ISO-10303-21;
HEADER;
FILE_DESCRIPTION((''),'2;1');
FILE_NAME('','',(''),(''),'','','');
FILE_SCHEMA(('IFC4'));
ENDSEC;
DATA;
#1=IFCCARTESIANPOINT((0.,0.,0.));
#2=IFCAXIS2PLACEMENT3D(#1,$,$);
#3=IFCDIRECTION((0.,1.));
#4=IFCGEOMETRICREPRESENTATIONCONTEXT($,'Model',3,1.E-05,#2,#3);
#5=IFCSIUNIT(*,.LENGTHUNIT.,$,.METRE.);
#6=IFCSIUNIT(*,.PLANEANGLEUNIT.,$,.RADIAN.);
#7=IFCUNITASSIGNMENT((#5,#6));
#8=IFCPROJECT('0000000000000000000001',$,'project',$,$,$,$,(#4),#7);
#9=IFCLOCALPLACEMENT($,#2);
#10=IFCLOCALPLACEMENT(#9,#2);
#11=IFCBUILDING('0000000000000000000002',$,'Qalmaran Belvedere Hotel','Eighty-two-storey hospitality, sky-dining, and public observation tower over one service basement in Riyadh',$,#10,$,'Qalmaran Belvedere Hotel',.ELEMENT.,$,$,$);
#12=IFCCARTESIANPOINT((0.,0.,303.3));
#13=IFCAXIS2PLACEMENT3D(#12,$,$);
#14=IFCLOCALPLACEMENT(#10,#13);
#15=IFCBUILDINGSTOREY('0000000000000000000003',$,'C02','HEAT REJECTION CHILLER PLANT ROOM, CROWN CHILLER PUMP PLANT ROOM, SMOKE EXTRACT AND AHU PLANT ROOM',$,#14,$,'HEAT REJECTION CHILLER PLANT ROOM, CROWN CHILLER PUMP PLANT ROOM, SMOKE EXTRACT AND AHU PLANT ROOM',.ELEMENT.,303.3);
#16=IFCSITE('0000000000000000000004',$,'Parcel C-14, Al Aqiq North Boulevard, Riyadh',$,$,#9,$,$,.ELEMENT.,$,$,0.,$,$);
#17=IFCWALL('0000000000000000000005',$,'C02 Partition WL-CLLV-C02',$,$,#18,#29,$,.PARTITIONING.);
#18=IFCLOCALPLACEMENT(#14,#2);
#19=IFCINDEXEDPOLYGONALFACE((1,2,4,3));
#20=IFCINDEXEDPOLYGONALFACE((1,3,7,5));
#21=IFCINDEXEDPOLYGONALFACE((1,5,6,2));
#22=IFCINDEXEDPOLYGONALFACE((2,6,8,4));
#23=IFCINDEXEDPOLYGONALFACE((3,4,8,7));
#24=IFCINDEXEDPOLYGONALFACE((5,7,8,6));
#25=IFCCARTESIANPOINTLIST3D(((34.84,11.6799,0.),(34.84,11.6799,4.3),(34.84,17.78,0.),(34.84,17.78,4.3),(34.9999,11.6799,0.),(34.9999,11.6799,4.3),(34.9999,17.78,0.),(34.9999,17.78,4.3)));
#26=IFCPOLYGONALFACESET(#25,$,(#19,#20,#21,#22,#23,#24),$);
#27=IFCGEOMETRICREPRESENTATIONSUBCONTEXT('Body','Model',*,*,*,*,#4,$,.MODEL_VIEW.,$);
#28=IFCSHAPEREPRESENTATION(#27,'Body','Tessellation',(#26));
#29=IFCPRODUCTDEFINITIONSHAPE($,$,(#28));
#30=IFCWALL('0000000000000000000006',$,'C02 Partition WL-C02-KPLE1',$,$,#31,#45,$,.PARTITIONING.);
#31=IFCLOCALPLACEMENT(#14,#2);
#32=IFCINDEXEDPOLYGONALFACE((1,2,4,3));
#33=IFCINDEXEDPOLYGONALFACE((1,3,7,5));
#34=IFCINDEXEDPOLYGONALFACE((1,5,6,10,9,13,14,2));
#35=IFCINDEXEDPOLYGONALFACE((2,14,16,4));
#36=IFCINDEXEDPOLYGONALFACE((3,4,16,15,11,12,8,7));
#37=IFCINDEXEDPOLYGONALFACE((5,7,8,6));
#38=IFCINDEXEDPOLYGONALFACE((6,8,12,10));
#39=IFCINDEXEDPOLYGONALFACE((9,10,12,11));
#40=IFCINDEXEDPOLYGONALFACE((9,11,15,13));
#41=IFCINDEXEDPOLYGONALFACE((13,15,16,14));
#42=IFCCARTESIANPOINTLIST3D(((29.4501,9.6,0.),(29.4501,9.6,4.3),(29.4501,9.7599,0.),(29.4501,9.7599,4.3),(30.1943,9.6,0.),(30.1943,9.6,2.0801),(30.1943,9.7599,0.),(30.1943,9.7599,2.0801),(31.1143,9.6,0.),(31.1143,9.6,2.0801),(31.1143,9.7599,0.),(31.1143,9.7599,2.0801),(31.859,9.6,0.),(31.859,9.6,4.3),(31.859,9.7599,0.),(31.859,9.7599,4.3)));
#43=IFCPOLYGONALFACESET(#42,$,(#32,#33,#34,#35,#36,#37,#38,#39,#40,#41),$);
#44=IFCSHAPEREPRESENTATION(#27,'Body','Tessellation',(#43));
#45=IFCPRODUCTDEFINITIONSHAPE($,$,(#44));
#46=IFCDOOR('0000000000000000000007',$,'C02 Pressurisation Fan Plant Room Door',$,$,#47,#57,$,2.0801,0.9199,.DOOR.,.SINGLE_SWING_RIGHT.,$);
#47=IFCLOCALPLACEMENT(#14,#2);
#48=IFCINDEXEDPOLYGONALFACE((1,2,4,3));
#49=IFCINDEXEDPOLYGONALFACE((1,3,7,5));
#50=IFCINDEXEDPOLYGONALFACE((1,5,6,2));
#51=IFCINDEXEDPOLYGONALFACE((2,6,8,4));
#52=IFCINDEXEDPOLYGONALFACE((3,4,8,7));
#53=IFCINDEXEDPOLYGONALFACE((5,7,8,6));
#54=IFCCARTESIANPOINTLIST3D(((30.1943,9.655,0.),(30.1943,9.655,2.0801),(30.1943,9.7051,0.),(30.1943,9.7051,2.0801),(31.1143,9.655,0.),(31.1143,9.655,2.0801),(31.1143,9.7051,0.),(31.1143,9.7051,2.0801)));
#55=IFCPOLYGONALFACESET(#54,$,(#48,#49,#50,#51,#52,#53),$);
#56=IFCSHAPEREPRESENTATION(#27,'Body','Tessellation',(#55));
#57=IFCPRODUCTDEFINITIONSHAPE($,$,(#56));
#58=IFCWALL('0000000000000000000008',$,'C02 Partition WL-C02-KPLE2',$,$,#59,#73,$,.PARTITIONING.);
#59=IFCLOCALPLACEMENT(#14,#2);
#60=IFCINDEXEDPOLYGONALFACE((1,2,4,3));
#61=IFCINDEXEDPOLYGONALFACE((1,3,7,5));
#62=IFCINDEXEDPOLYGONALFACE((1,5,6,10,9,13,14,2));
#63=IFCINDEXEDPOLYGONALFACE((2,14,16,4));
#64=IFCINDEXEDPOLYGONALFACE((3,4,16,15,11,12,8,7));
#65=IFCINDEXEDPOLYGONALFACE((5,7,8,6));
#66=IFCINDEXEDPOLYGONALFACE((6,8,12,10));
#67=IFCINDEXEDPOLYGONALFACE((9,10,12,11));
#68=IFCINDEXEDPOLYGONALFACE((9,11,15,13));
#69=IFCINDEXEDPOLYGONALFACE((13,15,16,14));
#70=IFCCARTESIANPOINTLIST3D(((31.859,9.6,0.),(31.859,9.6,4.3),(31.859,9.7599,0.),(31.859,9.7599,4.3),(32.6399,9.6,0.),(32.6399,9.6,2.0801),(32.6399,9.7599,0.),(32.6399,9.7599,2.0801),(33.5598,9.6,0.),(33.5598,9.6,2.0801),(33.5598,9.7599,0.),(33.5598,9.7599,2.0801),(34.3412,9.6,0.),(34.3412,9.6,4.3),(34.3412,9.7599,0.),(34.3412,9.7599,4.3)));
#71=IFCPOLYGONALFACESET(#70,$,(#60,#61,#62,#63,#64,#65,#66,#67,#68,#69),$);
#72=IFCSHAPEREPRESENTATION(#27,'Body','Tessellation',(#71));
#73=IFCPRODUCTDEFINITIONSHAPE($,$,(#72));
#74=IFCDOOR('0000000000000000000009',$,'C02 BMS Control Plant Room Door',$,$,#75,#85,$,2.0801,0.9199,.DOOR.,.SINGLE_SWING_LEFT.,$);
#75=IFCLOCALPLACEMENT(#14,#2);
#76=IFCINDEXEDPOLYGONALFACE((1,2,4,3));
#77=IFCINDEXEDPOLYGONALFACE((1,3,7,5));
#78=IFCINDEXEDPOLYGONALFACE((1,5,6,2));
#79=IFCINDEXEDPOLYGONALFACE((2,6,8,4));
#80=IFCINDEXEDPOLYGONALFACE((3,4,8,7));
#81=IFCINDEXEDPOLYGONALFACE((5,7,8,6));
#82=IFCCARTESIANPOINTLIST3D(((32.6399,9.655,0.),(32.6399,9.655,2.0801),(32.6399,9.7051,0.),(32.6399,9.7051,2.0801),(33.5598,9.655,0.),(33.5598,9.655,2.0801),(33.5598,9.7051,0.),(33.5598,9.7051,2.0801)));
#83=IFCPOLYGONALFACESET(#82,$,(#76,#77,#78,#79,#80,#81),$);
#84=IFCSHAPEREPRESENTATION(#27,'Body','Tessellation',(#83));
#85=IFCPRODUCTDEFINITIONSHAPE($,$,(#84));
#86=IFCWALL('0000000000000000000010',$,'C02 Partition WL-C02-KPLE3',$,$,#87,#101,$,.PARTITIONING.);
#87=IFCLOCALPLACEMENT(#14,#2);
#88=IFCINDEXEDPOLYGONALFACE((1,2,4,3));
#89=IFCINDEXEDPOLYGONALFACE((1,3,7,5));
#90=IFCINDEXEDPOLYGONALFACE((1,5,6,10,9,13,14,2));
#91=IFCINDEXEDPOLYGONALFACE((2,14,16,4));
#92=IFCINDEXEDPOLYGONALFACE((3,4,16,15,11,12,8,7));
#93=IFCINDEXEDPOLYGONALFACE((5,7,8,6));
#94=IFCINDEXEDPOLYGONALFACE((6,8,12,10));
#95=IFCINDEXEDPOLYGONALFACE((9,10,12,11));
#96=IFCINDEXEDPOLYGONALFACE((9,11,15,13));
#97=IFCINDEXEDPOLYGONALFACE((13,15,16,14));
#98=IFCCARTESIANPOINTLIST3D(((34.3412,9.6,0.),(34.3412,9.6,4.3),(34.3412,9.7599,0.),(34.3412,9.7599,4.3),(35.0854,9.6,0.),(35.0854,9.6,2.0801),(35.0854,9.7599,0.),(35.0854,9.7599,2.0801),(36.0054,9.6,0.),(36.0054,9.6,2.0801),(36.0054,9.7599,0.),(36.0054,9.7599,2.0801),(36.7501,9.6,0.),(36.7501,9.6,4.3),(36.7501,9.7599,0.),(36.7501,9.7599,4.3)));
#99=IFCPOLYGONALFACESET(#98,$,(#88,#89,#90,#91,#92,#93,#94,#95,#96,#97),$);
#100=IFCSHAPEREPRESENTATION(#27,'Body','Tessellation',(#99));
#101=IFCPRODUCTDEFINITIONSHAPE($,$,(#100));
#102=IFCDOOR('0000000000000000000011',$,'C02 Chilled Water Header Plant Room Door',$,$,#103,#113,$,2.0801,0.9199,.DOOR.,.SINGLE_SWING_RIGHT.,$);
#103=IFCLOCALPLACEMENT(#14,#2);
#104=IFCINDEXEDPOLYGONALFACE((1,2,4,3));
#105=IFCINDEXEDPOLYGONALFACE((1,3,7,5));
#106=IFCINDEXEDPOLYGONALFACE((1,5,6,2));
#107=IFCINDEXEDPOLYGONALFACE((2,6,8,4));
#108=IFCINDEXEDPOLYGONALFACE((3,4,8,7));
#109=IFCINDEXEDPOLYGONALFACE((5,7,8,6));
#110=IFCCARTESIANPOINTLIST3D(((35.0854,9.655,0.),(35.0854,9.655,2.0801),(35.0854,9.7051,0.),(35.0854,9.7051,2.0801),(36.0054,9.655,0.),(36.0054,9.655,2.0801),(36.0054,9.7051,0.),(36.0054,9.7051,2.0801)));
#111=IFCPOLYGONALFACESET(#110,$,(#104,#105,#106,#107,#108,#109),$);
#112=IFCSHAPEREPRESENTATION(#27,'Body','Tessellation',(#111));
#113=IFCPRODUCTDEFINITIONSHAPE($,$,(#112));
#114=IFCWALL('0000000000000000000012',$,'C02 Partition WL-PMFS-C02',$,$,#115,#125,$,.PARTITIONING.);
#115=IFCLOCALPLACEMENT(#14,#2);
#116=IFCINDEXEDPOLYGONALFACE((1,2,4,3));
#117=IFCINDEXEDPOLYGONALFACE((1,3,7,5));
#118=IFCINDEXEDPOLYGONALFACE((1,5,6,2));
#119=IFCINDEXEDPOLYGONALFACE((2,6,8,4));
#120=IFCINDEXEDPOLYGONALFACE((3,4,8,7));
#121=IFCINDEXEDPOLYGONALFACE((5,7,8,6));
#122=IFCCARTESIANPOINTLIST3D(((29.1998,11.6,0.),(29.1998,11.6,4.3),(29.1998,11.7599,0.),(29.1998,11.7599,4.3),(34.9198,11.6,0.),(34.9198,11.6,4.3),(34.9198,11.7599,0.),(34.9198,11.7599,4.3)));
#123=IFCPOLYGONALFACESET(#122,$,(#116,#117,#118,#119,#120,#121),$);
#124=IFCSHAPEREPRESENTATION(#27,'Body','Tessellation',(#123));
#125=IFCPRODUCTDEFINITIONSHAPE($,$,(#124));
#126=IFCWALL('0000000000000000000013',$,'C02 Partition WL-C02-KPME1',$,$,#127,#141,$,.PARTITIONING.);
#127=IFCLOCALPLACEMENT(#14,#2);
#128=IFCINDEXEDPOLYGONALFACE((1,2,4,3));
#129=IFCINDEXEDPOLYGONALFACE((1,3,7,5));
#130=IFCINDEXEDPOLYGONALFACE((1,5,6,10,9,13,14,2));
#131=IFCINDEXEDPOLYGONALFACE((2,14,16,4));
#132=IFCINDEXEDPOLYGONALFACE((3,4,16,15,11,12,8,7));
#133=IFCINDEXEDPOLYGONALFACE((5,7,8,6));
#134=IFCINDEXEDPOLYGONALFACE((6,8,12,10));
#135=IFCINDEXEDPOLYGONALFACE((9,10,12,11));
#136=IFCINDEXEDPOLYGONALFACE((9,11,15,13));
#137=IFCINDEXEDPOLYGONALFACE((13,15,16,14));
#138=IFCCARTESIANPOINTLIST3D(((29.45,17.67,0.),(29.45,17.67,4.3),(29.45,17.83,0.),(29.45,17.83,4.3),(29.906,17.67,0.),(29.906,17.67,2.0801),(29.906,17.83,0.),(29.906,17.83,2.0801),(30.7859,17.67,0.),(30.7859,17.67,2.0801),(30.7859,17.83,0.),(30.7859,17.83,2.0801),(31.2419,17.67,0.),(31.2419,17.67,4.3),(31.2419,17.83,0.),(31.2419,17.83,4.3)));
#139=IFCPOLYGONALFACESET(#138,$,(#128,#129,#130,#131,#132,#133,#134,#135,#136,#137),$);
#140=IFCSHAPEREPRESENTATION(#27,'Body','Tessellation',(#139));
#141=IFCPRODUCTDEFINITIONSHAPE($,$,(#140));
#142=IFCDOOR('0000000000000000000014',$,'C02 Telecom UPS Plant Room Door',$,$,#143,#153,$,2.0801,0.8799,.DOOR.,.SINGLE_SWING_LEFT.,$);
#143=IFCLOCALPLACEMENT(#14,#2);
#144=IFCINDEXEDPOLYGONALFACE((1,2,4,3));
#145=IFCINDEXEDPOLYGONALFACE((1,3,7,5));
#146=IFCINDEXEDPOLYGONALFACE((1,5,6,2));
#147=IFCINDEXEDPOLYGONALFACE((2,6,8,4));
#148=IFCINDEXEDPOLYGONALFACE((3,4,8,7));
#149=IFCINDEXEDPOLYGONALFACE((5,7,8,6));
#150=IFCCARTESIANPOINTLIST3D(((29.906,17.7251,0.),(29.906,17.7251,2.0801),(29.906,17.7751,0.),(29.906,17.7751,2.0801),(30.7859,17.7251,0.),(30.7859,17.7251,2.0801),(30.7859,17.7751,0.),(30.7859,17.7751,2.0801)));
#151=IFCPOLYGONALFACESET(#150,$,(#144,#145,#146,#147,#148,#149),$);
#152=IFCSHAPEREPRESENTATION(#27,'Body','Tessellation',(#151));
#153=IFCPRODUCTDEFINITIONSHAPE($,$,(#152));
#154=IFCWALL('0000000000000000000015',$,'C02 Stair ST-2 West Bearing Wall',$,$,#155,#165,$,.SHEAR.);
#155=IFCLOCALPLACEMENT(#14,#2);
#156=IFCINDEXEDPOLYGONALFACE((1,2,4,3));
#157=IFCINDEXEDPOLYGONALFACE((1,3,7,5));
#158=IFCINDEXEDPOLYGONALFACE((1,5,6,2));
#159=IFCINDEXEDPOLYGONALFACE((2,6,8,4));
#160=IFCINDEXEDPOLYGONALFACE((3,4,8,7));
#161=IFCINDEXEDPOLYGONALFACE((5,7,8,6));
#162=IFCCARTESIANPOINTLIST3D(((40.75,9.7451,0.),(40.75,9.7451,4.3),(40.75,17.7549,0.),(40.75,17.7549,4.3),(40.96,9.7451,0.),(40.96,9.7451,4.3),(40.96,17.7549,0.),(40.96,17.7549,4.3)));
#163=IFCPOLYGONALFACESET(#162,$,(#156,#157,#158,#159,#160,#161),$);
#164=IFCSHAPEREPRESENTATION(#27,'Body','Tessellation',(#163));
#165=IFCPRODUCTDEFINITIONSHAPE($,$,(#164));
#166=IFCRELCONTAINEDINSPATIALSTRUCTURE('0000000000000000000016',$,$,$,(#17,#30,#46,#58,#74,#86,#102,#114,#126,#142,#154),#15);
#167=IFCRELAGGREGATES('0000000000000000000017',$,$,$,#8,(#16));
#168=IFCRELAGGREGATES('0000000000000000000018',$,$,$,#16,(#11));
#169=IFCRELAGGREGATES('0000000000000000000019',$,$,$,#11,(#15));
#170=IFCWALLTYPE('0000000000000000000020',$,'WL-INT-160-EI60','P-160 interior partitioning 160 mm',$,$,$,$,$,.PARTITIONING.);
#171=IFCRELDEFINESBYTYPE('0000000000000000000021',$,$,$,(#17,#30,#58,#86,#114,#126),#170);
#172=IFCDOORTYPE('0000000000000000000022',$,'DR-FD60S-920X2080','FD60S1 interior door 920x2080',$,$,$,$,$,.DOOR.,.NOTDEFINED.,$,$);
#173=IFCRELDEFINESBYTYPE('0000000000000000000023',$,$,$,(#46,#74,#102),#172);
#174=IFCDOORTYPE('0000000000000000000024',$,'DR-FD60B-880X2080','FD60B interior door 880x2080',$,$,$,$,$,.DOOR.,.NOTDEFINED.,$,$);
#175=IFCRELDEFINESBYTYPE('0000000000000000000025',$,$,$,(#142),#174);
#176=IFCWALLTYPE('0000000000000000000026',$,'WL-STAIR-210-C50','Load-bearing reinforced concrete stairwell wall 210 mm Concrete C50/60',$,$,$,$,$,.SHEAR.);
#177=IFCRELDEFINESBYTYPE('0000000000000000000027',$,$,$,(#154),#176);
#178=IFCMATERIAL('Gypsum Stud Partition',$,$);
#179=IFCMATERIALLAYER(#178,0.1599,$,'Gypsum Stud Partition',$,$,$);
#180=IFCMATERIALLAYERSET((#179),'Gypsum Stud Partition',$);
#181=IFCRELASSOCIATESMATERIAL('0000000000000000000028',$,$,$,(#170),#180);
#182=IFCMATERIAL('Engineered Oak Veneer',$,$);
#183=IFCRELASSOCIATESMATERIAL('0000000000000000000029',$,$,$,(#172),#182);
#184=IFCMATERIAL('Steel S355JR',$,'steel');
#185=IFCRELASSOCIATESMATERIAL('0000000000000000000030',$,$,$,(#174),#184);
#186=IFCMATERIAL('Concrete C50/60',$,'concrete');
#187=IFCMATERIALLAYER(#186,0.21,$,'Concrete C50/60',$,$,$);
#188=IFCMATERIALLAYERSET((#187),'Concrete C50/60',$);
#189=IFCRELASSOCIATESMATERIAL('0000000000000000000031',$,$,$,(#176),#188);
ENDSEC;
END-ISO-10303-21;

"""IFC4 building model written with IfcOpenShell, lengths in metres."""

from ifc_helpers import new_model, si_unit, direction, frame, frame_2d, origin, place, context, subcontext, project, spatial, rectangle, extrude, material, layer, layer_set, type_object, element, fill, save


model = new_model("IFC4")

# Units and contexts
model_context = context("Model", 3, precision=1e-05, world=origin(), true_north=direction((0.0, 1.0)))
body_context = subcontext(model_context, "Body", "Model", "MODEL_VIEW")
ifc_project = project(units=[si_unit("LENGTHUNIT", "METRE"), si_unit("PLANEANGLEUNIT", "RADIAN")], contexts=[model_context])

# Site, building, storey
site_placement = place(None, origin())
site = spatial("IfcSite", under=ifc_project, at=site_placement, Name="Parcel C-14, Al Aqiq North Boulevard, Riyadh", CompositionType="ELEMENT", RefElevation=0.0)
building_placement = place(site_placement, origin())
building = spatial("IfcBuilding", under=site, at=building_placement, Name="Qalmaran Belvedere Hotel", Description="Eighty-two-storey hospitality, sky-dining, and public observation tower over one service basement in Riyadh", LongName="Qalmaran Belvedere Hotel", CompositionType="ELEMENT")
storey_placement = place(building_placement, frame((0.0, 0.0, 303.3)))
storey = spatial("IfcBuildingStorey", under=building, at=storey_placement, Name="C02", Description="HEAT REJECTION CHILLER PLANT ROOM, CROWN CHILLER PUMP PLANT ROOM, SMOKE EXTRACT AND AHU PLANT ROOM", LongName="HEAT REJECTION CHILLER PLANT ROOM, CROWN CHILLER PUMP PLANT ROOM, SMOKE EXTRACT AND AHU PLANT ROOM", CompositionType="ELEMENT", Elevation=303.3)

# Shared definitions
ifc_material_1 = material(Name="Concrete C50/60", Category="concrete")
ifc_material_2 = material(Name="Steel S355JR", Category="steel")

# Shared definitions
ifc_material_3 = material(Name="Gypsum Stud Partition")

# Shared definitions
ifc_layer_1 = layer(ifc_material_3, 0.1599, Name="Gypsum Stud Partition")
ifc_layer_set_1 = layer_set([ifc_layer_1], Name="Gypsum Stud Partition")
wall_type_1 = type_object("IfcWallType", Name="WL-INT-160-EI60", Description="P-160 interior partitioning 160 mm", PredefinedType="PARTITIONING", material=ifc_layer_set_1)
ifc_material_4 = material(Name="Engineered Oak Veneer")
door_type_1 = type_object("IfcDoorType", Name="DR-FD60S-920X2080", Description="FD60S1 interior door 920x2080", OperationType="NOTDEFINED", PredefinedType="DOOR", material=ifc_material_4)

# Wall
wall_1_placement = place(storey_placement, frame((34.9199, 11.6799, 0.0), z_axis=(0.0, 0.0, 1.0), x_axis=(0.0, 1.0, 0.0)))
element("IfcWall", 1, at=wall_1_placement, inside=storey, type_object=wall_type_1, Name="C02 Partition WL-CLLV-C02", PredefinedType="PARTITIONING", context=body_context, shape_type="SweptSolid", body=[
    extrude(rectangle(XDim=6.1001, YDim=0.1599, at=frame_2d((3.05, 0.0))), origin(), (0.0, 0.0, 1.0), 4.3),
])

# Walls, openings, doors
wall_2_placement = place(storey_placement, frame((29.45, 9.6799, 0.0), z_axis=(0.0, 0.0, 1.0), x_axis=(1.0, 0.0, 0.0)))
wall_2 = element("IfcWall", 2, at=wall_2_placement, inside=storey, type_object=wall_type_1, Name="C02 Partition WL-C02-KPLE1", PredefinedType="PARTITIONING", context=body_context, shape_type="SweptSolid", body=[
    extrude(rectangle(XDim=2.4089, YDim=0.1599, at=frame_2d((1.2046, 0.0))), origin(), (0.0, 0.0, 1.0), 4.3),
])
opening_1_placement = place(wall_2_placement, frame((1.6643, 0.0, 0.0), z_axis=(0.0, 0.0, 1.0), x_axis=(-1.0, 0.0, 0.0)))
opening_1 = element("IfcOpeningElement", 3, at=opening_1_placement, cuts=wall_2, PredefinedType="OPENING", context=body_context, shape_type="SweptSolid", body=[
    extrude(rectangle(XDim=0.9199, YDim=2.0801, at=frame_2d((0.46, 1.04))), frame((0.0, 0.0898, 0.0), z_axis=(0.0, -1.0, 0.0), x_axis=(1.0, 0.0, 0.0)), (0.0, 0.0, 1.0), 0.1799),
])
door_1_placement = place(opening_1_placement, origin())
door_1 = element("IfcDoor", 4, at=door_1_placement, inside=storey, type_object=door_type_1, Name="C02 Pressurisation Fan Plant Room Door", OperationType="SINGLE_SWING_RIGHT", OverallHeight=2.0801, OverallWidth=0.9199, PredefinedType="DOOR", context=body_context, shape_type="SweptSolid", body=[
    extrude(rectangle(XDim=0.9199, YDim=2.0801, at=frame_2d((0.46, 1.04))), frame((0.0, 0.0249, 0.0), z_axis=(0.0, -1.0, 0.0), x_axis=(1.0, 0.0, 0.0)), (0.0, 0.0, 1.0), 0.05),
])
fill(opening_1, door_1)
wall_3_placement = place(storey_placement, frame((31.8589, 9.6799, 0.0), z_axis=(0.0, 0.0, 1.0), x_axis=(1.0, 0.0, 0.0)))
wall_3 = element("IfcWall", 5, at=wall_3_placement, inside=storey, type_object=wall_type_1, Name="C02 Partition WL-C02-KPLE2", PredefinedType="PARTITIONING", context=body_context, shape_type="SweptSolid", body=[
    extrude(rectangle(XDim=2.4822, YDim=0.1599, at=frame_2d((1.2412, 0.0))), origin(), (0.0, 0.0, 1.0), 4.3),
])
opening_2_placement = place(wall_3_placement, frame((1.7009, 0.0, 0.0), z_axis=(0.0, 0.0, 1.0), x_axis=(-1.0, 0.0, 0.0)))
opening_2 = element("IfcOpeningElement", 6, at=opening_2_placement, cuts=wall_3, PredefinedType="OPENING", context=body_context, shape_type="SweptSolid", body=[
    extrude(rectangle(XDim=0.9199, YDim=2.0801, at=frame_2d((0.46, 1.04))), frame((0.0, 0.0898, 0.0), z_axis=(0.0, -1.0, 0.0), x_axis=(1.0, 0.0, 0.0)), (0.0, 0.0, 1.0), 0.1799),
])
door_2_placement = place(opening_2_placement, origin())
door_2 = element("IfcDoor", 7, at=door_2_placement, inside=storey, type_object=door_type_1, Name="C02 BMS Control Plant Room Door", OperationType="SINGLE_SWING_LEFT", OverallHeight=2.0801, OverallWidth=0.9199, PredefinedType="DOOR", context=body_context, shape_type="SweptSolid", body=[
    extrude(rectangle(XDim=0.9199, YDim=2.0801, at=frame_2d((0.46, 1.04))), frame((0.0, 0.0249, 0.0), z_axis=(0.0, -1.0, 0.0), x_axis=(1.0, 0.0, 0.0)), (0.0, 0.0, 1.0), 0.05),
])
fill(opening_2, door_2)
wall_4_placement = place(storey_placement, frame((34.3411, 9.6799, 0.0), z_axis=(0.0, 0.0, 1.0), x_axis=(1.0, 0.0, 0.0)))
wall_4 = element("IfcWall", 8, at=wall_4_placement, inside=storey, type_object=wall_type_1, Name="C02 Partition WL-C02-KPLE3", PredefinedType="PARTITIONING", context=body_context, shape_type="SweptSolid", body=[
    extrude(rectangle(XDim=2.4089, YDim=0.1599, at=frame_2d((1.2046, 0.0))), origin(), (0.0, 0.0, 1.0), 4.3),
])
opening_3_placement = place(wall_4_placement, frame((1.6643, 0.0, 0.0), z_axis=(0.0, 0.0, 1.0), x_axis=(-1.0, 0.0, 0.0)))
opening_3 = element("IfcOpeningElement", 9, at=opening_3_placement, cuts=wall_4, PredefinedType="OPENING", context=body_context, shape_type="SweptSolid", body=[
    extrude(rectangle(XDim=0.9199, YDim=2.0801, at=frame_2d((0.46, 1.04))), frame((0.0, 0.0898, 0.0), z_axis=(0.0, -1.0, 0.0), x_axis=(1.0, 0.0, 0.0)), (0.0, 0.0, 1.0), 0.1799),
])
door_3_placement = place(opening_3_placement, origin())
door_3 = element("IfcDoor", 10, at=door_3_placement, inside=storey, type_object=door_type_1, Name="C02 Chilled Water Header Plant Room Door", OperationType="SINGLE_SWING_RIGHT", OverallHeight=2.0801, OverallWidth=0.9199, PredefinedType="DOOR", context=body_context, shape_type="SweptSolid", body=[
    extrude(rectangle(XDim=0.9199, YDim=2.0801, at=frame_2d((0.46, 1.04))), frame((0.0, 0.0249, 0.0), z_axis=(0.0, -1.0, 0.0), x_axis=(1.0, 0.0, 0.0)), (0.0, 0.0, 1.0), 0.05),
])
fill(opening_3, door_3)

# Wall
wall_5_placement = place(storey_placement, frame((29.2, 11.6799, 0.0), z_axis=(0.0, 0.0, 1.0), x_axis=(1.0, 0.0, 0.0)))
element("IfcWall", 11, at=wall_5_placement, inside=storey, type_object=wall_type_1, Name="C02 Partition WL-PMFS-C02", PredefinedType="PARTITIONING", context=body_context, shape_type="SweptSolid", body=[
    extrude(rectangle(XDim=5.72, YDim=0.1599, at=frame_2d((2.8599, 0.0))), origin(), (0.0, 0.0, 1.0), 4.3),
])

# Wall, opening, door
wall_6_placement = place(storey_placement, frame((29.45, 17.75, 0.0), z_axis=(0.0, 0.0, 1.0), x_axis=(1.0, 0.0, 0.0)))
wall_6 = element("IfcWall", 12, at=wall_6_placement, inside=storey, type_object=wall_type_1, Name="C02 Partition WL-C02-KPME1", PredefinedType="PARTITIONING", context=body_context, shape_type="SweptSolid", body=[
    extrude(rectangle(XDim=1.792, YDim=0.1599, at=frame_2d((0.896, 0.0))), origin(), (0.0, 0.0, 1.0), 4.3),
])
opening_4_placement = place(wall_6_placement, frame((1.3359, 0.0, 0.0), z_axis=(0.0, 0.0, 1.0), x_axis=(-1.0, 0.0, 0.0)))
opening_4 = element("IfcOpeningElement", 13, at=opening_4_placement, cuts=wall_6, PredefinedType="OPENING", context=body_context, shape_type="SweptSolid", body=[
    extrude(rectangle(XDim=0.8799, YDim=2.0801, at=frame_2d((0.4399, 1.04))), frame((0.0, 0.0898, 0.0), z_axis=(0.0, -1.0, 0.0), x_axis=(1.0, 0.0, 0.0)), (0.0, 0.0, 1.0), 0.1799),
])
door_type_2 = type_object("IfcDoorType", Name="DR-FD60B-880X2080", Description="FD60B interior door 880x2080", OperationType="NOTDEFINED", PredefinedType="DOOR", material=ifc_material_2)
door_4_placement = place(opening_4_placement, origin())
door_4 = element("IfcDoor", 14, at=door_4_placement, inside=storey, type_object=door_type_2, Name="C02 Telecom UPS Plant Room Door", OperationType="SINGLE_SWING_LEFT", OverallHeight=2.0801, OverallWidth=0.8799, PredefinedType="DOOR", context=body_context, shape_type="SweptSolid", body=[
    extrude(rectangle(XDim=0.8799, YDim=2.0801, at=frame_2d((0.4399, 1.04))), frame((0.0, 0.0249, 0.0), z_axis=(0.0, -1.0, 0.0), x_axis=(1.0, 0.0, 0.0)), (0.0, 0.0, 1.0), 0.05),
])
fill(opening_4, door_4)

# Wall
ifc_layer_2 = layer(ifc_material_1, 0.21, Name="Concrete C50/60")
ifc_layer_set_2 = layer_set([ifc_layer_2], Name="Concrete C50/60")
wall_type_2 = type_object("IfcWallType", Name="WL-STAIR-210-C50", Description="Load-bearing reinforced concrete stairwell wall 210 mm Concrete C50/60", PredefinedType="SHEAR", material=ifc_layer_set_2)
wall_7_placement = place(storey_placement, frame((40.855, 9.7451, 0.0), z_axis=(0.0, 0.0, 1.0), x_axis=(0.0, 1.0, 0.0)))
element("IfcWall", 15, at=wall_7_placement, inside=storey, type_object=wall_type_2, Name="C02 Stair ST-2 West Bearing Wall", PredefinedType="SHEAR", context=body_context, shape_type="SweptSolid", body=[
    extrude(rectangle(XDim=8.0098, YDim=0.21, at=frame_2d((4.0049, 0.0))), origin(), (0.0, 0.0, 1.0), 4.3),
])

save(model, "model.ifc")
